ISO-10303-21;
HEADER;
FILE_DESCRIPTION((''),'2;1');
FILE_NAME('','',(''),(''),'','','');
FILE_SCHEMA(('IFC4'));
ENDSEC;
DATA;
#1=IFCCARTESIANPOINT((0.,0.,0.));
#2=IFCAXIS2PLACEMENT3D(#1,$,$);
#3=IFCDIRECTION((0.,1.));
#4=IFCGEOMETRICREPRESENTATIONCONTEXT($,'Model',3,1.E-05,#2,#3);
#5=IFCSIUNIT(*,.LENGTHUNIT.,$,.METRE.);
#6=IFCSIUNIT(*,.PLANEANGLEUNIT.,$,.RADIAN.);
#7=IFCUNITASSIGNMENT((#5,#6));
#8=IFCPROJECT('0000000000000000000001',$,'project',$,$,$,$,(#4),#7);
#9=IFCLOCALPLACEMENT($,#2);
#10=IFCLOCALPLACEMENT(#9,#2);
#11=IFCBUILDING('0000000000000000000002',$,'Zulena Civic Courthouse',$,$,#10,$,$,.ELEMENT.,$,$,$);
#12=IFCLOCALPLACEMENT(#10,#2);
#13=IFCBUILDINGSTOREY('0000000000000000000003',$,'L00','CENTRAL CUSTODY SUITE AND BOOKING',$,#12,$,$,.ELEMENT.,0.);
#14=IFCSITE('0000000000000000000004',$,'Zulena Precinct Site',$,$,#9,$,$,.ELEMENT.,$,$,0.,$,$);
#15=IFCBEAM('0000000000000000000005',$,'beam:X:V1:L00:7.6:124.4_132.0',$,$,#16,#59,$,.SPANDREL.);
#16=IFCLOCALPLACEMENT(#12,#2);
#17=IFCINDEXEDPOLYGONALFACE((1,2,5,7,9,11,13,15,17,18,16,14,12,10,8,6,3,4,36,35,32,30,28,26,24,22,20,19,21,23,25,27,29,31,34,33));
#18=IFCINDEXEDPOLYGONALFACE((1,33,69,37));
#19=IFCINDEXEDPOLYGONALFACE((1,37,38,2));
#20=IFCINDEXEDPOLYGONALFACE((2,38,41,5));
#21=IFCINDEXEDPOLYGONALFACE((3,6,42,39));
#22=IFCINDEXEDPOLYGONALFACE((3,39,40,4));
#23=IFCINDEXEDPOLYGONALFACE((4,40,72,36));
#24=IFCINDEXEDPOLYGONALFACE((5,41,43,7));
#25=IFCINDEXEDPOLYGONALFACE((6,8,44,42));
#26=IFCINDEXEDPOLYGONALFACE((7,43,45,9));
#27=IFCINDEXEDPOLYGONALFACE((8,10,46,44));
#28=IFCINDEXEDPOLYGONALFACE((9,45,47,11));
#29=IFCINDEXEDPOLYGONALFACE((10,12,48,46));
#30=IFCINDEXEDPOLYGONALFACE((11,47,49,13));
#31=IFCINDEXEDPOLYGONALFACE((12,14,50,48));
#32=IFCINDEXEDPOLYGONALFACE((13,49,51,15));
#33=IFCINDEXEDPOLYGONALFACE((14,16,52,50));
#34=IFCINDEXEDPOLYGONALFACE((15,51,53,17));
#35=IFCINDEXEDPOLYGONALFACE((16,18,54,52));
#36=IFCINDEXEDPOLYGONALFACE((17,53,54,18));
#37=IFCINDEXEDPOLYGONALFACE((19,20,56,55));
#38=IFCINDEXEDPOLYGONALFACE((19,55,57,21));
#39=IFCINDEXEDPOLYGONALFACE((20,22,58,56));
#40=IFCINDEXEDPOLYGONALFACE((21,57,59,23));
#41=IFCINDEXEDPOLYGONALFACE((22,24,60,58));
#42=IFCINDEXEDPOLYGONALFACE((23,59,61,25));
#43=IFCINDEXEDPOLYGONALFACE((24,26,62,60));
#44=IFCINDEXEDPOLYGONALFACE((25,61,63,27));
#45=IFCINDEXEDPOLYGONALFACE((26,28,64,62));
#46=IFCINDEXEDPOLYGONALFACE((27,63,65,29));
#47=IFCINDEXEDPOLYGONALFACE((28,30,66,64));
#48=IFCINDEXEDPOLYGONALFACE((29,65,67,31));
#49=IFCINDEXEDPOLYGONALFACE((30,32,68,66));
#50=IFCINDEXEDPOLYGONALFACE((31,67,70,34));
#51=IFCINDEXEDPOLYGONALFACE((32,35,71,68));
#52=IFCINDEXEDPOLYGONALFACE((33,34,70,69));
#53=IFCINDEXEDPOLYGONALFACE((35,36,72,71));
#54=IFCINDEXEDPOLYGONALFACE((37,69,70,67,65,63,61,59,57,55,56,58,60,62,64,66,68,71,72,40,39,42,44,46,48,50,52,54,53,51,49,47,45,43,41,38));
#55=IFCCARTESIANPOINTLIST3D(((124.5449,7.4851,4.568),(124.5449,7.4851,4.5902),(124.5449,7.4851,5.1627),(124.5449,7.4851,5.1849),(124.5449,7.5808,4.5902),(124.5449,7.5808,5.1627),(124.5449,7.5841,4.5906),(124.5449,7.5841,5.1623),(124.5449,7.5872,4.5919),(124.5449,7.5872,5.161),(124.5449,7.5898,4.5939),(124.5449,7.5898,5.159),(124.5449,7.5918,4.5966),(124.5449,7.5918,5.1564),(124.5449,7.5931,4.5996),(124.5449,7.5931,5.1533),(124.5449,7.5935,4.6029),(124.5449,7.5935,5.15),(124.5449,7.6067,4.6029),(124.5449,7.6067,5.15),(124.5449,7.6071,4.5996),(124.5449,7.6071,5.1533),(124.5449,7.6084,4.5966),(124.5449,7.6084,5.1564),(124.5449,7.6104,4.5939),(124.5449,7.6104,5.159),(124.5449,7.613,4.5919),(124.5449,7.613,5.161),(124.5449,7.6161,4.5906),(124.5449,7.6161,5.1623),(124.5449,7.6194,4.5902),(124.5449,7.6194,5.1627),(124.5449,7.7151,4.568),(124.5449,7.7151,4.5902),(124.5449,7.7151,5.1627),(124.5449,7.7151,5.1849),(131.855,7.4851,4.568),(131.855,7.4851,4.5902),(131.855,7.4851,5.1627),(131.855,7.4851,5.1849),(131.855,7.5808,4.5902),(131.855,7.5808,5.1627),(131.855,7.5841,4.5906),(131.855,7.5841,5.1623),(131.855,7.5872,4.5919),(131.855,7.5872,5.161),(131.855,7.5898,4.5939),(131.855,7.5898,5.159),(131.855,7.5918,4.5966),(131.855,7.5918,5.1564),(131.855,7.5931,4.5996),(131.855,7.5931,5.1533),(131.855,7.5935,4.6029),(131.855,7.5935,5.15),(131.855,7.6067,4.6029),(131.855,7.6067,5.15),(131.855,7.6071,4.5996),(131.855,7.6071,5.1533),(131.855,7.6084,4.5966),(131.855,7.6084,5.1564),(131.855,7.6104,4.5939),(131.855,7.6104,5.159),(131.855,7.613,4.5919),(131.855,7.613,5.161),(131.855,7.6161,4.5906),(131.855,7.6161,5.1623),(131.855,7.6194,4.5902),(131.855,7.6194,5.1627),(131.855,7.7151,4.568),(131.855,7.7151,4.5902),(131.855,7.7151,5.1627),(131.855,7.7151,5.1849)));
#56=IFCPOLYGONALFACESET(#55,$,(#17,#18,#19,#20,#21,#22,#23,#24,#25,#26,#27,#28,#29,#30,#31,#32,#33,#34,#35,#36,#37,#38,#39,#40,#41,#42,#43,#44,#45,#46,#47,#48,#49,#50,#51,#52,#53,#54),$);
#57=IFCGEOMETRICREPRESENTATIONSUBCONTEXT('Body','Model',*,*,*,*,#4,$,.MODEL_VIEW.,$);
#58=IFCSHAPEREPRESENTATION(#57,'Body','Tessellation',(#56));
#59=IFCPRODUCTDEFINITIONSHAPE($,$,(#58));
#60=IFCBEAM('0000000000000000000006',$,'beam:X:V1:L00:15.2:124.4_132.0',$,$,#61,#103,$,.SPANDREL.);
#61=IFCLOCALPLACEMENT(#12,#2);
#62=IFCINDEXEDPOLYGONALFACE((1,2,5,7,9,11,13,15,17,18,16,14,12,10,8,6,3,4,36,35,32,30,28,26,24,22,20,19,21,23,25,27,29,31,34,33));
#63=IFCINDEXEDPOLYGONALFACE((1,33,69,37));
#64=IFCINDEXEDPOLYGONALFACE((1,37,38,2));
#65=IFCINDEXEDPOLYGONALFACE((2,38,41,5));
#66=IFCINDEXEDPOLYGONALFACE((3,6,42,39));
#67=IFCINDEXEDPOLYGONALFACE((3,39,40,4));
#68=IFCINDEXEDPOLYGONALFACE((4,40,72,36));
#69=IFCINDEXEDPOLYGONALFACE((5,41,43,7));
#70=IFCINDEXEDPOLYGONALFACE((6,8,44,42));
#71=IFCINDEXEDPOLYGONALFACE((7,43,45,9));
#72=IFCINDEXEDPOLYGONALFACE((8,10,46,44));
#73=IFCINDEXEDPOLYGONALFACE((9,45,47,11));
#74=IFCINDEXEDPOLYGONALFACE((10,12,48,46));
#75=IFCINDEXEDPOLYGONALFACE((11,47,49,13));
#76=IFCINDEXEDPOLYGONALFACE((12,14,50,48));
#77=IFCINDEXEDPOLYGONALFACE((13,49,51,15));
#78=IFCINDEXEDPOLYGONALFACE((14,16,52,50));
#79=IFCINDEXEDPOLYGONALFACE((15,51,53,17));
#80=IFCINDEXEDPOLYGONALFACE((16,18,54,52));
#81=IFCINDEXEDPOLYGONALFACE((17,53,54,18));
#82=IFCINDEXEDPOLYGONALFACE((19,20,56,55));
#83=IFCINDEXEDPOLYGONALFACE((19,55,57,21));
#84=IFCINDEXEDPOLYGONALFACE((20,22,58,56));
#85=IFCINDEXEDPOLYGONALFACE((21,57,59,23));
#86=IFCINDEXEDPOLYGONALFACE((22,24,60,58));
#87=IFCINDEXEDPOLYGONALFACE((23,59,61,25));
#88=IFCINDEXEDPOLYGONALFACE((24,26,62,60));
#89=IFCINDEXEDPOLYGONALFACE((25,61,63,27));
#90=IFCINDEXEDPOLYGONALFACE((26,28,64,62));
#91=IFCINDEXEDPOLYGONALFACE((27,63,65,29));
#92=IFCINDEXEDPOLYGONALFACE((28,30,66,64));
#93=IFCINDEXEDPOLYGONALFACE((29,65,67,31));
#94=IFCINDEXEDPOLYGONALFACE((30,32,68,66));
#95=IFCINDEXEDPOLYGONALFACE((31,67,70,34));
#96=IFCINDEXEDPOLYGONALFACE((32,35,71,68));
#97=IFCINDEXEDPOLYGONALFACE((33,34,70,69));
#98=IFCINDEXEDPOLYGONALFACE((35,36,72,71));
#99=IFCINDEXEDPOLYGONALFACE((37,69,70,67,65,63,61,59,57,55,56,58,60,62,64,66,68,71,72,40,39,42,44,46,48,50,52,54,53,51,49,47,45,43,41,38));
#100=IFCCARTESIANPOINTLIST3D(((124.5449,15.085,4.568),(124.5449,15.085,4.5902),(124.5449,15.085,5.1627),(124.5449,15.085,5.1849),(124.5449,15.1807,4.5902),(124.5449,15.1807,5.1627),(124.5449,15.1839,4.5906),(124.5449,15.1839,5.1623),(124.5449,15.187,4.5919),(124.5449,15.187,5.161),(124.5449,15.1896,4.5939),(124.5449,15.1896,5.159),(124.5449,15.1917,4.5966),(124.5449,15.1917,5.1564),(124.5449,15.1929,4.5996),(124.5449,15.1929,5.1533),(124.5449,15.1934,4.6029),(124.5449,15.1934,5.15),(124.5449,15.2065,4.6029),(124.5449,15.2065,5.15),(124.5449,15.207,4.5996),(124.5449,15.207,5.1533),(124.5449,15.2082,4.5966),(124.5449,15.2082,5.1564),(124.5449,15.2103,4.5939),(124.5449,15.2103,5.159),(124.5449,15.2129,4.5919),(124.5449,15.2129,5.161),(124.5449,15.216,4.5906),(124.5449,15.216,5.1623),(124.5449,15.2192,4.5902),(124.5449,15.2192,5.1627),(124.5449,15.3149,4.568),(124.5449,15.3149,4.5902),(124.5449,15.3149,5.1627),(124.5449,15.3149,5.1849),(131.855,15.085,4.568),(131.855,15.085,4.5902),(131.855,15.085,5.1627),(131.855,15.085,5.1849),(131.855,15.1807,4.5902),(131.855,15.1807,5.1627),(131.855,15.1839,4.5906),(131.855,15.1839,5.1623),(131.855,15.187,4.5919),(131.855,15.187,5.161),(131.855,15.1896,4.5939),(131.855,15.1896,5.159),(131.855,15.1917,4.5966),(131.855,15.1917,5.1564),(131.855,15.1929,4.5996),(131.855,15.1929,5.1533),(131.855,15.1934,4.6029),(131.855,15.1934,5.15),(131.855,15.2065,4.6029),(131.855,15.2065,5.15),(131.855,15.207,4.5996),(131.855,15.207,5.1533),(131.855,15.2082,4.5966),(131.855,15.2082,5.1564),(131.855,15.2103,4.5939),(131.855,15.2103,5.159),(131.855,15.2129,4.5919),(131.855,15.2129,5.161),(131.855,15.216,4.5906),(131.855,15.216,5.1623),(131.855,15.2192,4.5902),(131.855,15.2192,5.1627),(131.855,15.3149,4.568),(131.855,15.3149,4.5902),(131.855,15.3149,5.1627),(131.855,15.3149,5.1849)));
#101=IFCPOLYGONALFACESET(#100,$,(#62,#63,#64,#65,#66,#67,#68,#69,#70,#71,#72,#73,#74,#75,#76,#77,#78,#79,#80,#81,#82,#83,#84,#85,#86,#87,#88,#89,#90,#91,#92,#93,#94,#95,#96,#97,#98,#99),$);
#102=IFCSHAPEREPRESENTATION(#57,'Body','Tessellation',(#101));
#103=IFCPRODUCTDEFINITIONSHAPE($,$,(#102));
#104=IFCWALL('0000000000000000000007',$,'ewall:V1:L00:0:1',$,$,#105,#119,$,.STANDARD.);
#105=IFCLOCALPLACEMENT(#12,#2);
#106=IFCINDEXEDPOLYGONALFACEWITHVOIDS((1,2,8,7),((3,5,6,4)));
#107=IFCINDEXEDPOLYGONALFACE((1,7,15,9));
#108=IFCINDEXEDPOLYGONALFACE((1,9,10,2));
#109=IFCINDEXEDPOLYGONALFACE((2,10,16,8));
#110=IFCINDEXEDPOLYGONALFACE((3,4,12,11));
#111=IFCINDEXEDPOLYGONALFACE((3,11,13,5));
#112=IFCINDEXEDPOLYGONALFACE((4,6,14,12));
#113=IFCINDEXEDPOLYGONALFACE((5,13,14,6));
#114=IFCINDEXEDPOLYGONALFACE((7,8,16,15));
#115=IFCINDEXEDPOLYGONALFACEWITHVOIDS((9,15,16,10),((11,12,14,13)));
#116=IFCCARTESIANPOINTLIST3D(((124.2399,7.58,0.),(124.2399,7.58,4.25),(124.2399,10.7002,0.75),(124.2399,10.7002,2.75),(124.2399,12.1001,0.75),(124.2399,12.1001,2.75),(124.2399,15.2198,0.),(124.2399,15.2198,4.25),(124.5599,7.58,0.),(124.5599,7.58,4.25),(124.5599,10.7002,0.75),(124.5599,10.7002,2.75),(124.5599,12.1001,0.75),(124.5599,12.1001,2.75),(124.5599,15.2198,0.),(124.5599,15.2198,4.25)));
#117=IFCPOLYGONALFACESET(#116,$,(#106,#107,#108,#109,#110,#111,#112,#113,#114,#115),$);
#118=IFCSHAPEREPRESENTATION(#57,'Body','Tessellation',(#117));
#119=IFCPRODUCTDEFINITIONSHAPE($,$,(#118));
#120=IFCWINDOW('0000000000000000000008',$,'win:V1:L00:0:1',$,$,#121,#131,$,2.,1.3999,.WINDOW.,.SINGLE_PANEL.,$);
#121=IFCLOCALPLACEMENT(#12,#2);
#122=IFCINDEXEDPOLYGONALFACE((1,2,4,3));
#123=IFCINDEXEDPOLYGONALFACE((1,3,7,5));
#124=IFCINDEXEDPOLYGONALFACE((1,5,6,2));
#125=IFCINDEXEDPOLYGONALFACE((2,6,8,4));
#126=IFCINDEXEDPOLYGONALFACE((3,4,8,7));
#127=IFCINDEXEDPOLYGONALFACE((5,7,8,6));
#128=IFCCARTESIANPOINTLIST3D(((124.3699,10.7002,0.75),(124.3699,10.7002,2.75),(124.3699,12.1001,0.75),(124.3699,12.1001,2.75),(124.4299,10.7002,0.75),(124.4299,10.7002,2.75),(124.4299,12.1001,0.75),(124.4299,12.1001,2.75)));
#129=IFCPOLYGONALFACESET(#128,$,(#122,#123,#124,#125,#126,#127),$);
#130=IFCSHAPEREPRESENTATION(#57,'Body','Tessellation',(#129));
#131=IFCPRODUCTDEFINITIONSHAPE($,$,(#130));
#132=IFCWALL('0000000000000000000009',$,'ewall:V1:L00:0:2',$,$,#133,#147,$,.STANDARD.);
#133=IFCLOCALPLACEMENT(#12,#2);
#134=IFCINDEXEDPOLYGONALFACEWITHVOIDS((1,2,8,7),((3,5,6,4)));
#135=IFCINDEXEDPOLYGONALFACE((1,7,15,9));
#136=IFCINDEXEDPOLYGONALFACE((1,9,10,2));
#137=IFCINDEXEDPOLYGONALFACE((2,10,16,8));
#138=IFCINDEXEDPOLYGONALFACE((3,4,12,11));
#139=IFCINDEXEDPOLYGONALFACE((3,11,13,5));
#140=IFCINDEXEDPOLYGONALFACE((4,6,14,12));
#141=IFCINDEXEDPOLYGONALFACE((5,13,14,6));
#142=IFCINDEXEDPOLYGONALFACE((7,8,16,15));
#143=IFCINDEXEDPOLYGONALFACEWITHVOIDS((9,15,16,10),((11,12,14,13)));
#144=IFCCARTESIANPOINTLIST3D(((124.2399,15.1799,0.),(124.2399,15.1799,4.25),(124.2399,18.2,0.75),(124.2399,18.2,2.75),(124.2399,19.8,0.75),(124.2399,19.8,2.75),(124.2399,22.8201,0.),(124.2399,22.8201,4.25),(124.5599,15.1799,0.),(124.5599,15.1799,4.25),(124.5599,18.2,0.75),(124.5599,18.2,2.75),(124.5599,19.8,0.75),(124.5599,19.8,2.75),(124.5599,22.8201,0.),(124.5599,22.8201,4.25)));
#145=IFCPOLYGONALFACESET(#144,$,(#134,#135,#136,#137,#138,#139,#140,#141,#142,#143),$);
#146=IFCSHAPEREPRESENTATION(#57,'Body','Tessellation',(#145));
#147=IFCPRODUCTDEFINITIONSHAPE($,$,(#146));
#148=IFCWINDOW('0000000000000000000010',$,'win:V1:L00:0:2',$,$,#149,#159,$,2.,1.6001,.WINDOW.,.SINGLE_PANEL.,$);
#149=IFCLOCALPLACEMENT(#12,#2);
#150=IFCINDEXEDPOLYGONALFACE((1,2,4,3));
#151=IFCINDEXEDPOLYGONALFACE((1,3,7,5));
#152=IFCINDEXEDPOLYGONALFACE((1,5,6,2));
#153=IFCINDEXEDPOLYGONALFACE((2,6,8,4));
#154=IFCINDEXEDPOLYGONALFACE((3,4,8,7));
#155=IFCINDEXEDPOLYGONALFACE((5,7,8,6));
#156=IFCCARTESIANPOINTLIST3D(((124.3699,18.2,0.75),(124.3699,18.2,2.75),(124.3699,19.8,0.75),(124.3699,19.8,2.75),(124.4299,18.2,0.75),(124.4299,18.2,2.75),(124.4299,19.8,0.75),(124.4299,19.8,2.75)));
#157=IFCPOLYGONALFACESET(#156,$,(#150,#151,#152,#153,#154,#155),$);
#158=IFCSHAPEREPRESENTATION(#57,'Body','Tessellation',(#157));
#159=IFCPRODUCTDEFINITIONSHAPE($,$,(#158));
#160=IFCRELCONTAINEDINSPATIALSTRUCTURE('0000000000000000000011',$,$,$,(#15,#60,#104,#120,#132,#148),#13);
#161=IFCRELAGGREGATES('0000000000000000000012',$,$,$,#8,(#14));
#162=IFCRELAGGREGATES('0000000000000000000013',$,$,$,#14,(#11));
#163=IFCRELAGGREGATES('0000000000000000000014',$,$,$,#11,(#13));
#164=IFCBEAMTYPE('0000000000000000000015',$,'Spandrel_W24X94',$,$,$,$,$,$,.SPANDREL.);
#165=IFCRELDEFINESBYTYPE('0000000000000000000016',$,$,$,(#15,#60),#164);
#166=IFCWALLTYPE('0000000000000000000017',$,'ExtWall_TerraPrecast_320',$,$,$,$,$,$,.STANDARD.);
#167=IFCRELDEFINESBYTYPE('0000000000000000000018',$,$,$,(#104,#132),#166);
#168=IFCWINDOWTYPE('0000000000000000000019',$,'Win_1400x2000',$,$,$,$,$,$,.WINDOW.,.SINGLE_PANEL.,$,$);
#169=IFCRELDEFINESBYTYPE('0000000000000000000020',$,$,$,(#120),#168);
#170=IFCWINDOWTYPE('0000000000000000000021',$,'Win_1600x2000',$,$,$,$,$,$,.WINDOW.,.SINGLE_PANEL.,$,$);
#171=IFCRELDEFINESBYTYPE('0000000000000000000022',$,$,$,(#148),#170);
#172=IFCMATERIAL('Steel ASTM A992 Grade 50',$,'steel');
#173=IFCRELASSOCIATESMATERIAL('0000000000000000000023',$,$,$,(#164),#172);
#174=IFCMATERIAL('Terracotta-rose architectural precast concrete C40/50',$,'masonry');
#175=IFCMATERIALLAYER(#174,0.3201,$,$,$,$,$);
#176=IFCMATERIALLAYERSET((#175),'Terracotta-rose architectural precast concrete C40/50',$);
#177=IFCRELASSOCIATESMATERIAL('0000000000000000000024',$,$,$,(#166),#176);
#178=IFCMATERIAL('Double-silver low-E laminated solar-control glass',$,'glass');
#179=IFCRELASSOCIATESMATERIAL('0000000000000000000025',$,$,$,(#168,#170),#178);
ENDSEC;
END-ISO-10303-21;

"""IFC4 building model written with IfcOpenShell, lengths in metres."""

from ifc_helpers import new_model, si_unit, direction, frame, frame_2d, origin, origin_2d, place, context, subcontext, project, spatial, rectangle, i_section, extrude, material, layer, layer_set, material_profile, profile_set, type_object, element, fill, save


model = new_model("IFC4")

# Units and contexts
model_context = context("Model", 3, precision=1e-05, world=origin(), true_north=direction((0.0, 1.0)))
body_context = subcontext(model_context, "Body", "Model", "MODEL_VIEW")
ifc_project = project(units=[si_unit("LENGTHUNIT", "METRE"), si_unit("PLANEANGLEUNIT", "RADIAN")], contexts=[model_context])

# Site, building, storey
site_placement = place(None, origin())
site = spatial("IfcSite", under=ifc_project, at=site_placement, Name="Zulena Precinct Site", CompositionType="ELEMENT", RefElevation=0.0)
building_placement = place(site_placement, origin())
building = spatial("IfcBuilding", under=site, at=building_placement, Name="Zulena Civic Courthouse", CompositionType="ELEMENT")
storey_placement = place(building_placement, origin())
storey = spatial("IfcBuildingStorey", under=building, at=storey_placement, Name="L00", Description="CENTRAL CUSTODY SUITE AND BOOKING", CompositionType="ELEMENT", Elevation=0.0)

# Shared definitions
ifc_material_1 = material(Name="Steel ASTM A992 Grade 50", Category="steel")

# Beams
ifc_material_profile_1 = material_profile(ifc_material_1, i_section(OverallWidth=0.23, OverallDepth=0.6169, WebThickness=0.0132, FlangeThickness=0.0222, FilletRadius=0.0127, at=origin_2d()), Name="W24X94")
ifc_profile_set_1 = profile_set([ifc_material_profile_1], Name="Steel ASTM A992 Grade 50")
beam_type_1 = type_object("IfcBeamType", Name="Spandrel_W24X94", PredefinedType="SPANDREL", material=ifc_profile_set_1)
for number, where, z_axis, x_axis, name in (
    (1, (124.5449, 7.6001, 4.8765), (1.0, 0.0, 0.0), (0.0, 1.0, 0.0), "beam:X:V1:L00:7.6:124.4_132.0"),
    (2, (124.5449, 15.2, 4.8765), (1.0, 0.0, 0.0), (0.0, 1.0, 0.0), "beam:X:V1:L00:15.2:124.4_132.0"),
):
    element("IfcBeam", number, at=place(storey_placement, frame(where, z_axis=z_axis, x_axis=x_axis)), inside=storey, type_object=beam_type_1, Name=name, PredefinedType="SPANDREL", context=body_context, shape_type="SweptSolid", body=[
        extrude(i_section(OverallWidth=0.23, OverallDepth=0.6169, WebThickness=0.0132, FlangeThickness=0.0222, FilletRadius=0.0127, at=origin_2d()), origin(), (0.0, 0.0, 1.0), 7.3101),
    ])

# Walls, openings, windows
ifc_material_2 = material(Name="Terracotta-rose architectural precast concrete C40/50", Category="masonry")
ifc_layer_1 = layer(ifc_material_2, 0.3201)
ifc_layer_set_1 = layer_set([ifc_layer_1], Name="Terracotta-rose architectural precast concrete C40/50")
wall_type_1 = type_object("IfcWallType", Name="ExtWall_TerraPrecast_320", PredefinedType="STANDARD", material=ifc_layer_set_1)
wall_1_placement = place(storey_placement, frame((124.3999, 7.5801, 0.0), z_axis=(0.0, 0.0, 1.0), x_axis=(0.0, 1.0, 0.0)))
wall_1 = element("IfcWall", 3, at=wall_1_placement, inside=storey, type_object=wall_type_1, Name="ewall:V1:L00:0:1", PredefinedType="STANDARD", context=body_context, shape_type="SweptSolid", body=[
    extrude(rectangle(XDim=7.6399, YDim=0.3201, at=frame_2d((3.8198, 0.0))), origin(), (0.0, 0.0, 1.0), 4.25),
])
opening_1_placement = place(wall_1_placement, frame((3.1201, 0.0, 0.75)))
opening_1 = element("IfcOpeningElement", 4, at=opening_1_placement, cuts=wall_1, PredefinedType="OPENING", context=body_context, shape_type="SweptSolid", body=[
    extrude(rectangle(XDim=1.3999, YDim=2.0, at=frame_2d((0.7, 1.0))), frame((0.0, 0.1699, 0.0), z_axis=(0.0, -1.0, 0.0), x_axis=(1.0, 0.0, 0.0)), (0.0, 0.0, 1.0), 0.3401),
])
ifc_material_3 = material(Name="Double-silver low-E laminated solar-control glass", Category="glass")
window_type_1 = type_object("IfcWindowType", Name="Win_1400x2000", PartitioningType="SINGLE_PANEL", PredefinedType="WINDOW", material=ifc_material_3)
window_1_placement = place(opening_1_placement, origin())
window_1 = element("IfcWindow", 5, at=window_1_placement, inside=storey, type_object=window_type_1, Name="win:V1:L00:0:1", OverallHeight=2.0, OverallWidth=1.3999, PartitioningType="SINGLE_PANEL", PredefinedType="WINDOW", context=body_context, shape_type="SweptSolid", body=[
    extrude(rectangle(XDim=1.3999, YDim=2.0, at=frame_2d((0.7, 1.0))), frame((0.0, 0.03, 0.0), z_axis=(0.0, -1.0, 0.0), x_axis=(1.0, 0.0, 0.0)), (0.0, 0.0, 1.0), 0.0601),
])
fill(opening_1, window_1)
wall_2_placement = place(storey_placement, frame((124.3999, 15.1799, 0.0), z_axis=(0.0, 0.0, 1.0), x_axis=(0.0, 1.0, 0.0)))
wall_2 = element("IfcWall", 6, at=wall_2_placement, inside=storey, type_object=wall_type_1, Name="ewall:V1:L00:0:2", PredefinedType="STANDARD", context=body_context, shape_type="SweptSolid", body=[
    extrude(rectangle(XDim=7.6401, YDim=0.3201, at=frame_2d((3.8201, 0.0))), origin(), (0.0, 0.0, 1.0), 4.25),
])
opening_2_placement = place(wall_2_placement, frame((3.02, 0.0, 0.75)))
opening_2 = element("IfcOpeningElement", 7, at=opening_2_placement, cuts=wall_2, PredefinedType="OPENING", context=body_context, shape_type="SweptSolid", body=[
    extrude(rectangle(XDim=1.6001, YDim=2.0, at=frame_2d((0.8, 1.0))), frame((0.0, 0.1699, 0.0), z_axis=(0.0, -1.0, 0.0), x_axis=(1.0, 0.0, 0.0)), (0.0, 0.0, 1.0), 0.3401),
])
window_type_2 = type_object("IfcWindowType", Name="Win_1600x2000", PartitioningType="SINGLE_PANEL", PredefinedType="WINDOW", material=ifc_material_3)
window_2_placement = place(opening_2_placement, origin())
window_2 = element("IfcWindow", 8, at=window_2_placement, inside=storey, type_object=window_type_2, Name="win:V1:L00:0:2", OverallHeight=2.0, OverallWidth=1.6001, PartitioningType="SINGLE_PANEL", PredefinedType="WINDOW", context=body_context, shape_type="SweptSolid", body=[
    extrude(rectangle(XDim=1.6001, YDim=2.0, at=frame_2d((0.8, 1.0))), frame((0.0, 0.03, 0.0), z_axis=(0.0, -1.0, 0.0), x_axis=(1.0, 0.0, 0.0)), (0.0, 0.0, 1.0), 0.0601),
])
fill(opening_2, window_2)

save(model, "model.ifc")
